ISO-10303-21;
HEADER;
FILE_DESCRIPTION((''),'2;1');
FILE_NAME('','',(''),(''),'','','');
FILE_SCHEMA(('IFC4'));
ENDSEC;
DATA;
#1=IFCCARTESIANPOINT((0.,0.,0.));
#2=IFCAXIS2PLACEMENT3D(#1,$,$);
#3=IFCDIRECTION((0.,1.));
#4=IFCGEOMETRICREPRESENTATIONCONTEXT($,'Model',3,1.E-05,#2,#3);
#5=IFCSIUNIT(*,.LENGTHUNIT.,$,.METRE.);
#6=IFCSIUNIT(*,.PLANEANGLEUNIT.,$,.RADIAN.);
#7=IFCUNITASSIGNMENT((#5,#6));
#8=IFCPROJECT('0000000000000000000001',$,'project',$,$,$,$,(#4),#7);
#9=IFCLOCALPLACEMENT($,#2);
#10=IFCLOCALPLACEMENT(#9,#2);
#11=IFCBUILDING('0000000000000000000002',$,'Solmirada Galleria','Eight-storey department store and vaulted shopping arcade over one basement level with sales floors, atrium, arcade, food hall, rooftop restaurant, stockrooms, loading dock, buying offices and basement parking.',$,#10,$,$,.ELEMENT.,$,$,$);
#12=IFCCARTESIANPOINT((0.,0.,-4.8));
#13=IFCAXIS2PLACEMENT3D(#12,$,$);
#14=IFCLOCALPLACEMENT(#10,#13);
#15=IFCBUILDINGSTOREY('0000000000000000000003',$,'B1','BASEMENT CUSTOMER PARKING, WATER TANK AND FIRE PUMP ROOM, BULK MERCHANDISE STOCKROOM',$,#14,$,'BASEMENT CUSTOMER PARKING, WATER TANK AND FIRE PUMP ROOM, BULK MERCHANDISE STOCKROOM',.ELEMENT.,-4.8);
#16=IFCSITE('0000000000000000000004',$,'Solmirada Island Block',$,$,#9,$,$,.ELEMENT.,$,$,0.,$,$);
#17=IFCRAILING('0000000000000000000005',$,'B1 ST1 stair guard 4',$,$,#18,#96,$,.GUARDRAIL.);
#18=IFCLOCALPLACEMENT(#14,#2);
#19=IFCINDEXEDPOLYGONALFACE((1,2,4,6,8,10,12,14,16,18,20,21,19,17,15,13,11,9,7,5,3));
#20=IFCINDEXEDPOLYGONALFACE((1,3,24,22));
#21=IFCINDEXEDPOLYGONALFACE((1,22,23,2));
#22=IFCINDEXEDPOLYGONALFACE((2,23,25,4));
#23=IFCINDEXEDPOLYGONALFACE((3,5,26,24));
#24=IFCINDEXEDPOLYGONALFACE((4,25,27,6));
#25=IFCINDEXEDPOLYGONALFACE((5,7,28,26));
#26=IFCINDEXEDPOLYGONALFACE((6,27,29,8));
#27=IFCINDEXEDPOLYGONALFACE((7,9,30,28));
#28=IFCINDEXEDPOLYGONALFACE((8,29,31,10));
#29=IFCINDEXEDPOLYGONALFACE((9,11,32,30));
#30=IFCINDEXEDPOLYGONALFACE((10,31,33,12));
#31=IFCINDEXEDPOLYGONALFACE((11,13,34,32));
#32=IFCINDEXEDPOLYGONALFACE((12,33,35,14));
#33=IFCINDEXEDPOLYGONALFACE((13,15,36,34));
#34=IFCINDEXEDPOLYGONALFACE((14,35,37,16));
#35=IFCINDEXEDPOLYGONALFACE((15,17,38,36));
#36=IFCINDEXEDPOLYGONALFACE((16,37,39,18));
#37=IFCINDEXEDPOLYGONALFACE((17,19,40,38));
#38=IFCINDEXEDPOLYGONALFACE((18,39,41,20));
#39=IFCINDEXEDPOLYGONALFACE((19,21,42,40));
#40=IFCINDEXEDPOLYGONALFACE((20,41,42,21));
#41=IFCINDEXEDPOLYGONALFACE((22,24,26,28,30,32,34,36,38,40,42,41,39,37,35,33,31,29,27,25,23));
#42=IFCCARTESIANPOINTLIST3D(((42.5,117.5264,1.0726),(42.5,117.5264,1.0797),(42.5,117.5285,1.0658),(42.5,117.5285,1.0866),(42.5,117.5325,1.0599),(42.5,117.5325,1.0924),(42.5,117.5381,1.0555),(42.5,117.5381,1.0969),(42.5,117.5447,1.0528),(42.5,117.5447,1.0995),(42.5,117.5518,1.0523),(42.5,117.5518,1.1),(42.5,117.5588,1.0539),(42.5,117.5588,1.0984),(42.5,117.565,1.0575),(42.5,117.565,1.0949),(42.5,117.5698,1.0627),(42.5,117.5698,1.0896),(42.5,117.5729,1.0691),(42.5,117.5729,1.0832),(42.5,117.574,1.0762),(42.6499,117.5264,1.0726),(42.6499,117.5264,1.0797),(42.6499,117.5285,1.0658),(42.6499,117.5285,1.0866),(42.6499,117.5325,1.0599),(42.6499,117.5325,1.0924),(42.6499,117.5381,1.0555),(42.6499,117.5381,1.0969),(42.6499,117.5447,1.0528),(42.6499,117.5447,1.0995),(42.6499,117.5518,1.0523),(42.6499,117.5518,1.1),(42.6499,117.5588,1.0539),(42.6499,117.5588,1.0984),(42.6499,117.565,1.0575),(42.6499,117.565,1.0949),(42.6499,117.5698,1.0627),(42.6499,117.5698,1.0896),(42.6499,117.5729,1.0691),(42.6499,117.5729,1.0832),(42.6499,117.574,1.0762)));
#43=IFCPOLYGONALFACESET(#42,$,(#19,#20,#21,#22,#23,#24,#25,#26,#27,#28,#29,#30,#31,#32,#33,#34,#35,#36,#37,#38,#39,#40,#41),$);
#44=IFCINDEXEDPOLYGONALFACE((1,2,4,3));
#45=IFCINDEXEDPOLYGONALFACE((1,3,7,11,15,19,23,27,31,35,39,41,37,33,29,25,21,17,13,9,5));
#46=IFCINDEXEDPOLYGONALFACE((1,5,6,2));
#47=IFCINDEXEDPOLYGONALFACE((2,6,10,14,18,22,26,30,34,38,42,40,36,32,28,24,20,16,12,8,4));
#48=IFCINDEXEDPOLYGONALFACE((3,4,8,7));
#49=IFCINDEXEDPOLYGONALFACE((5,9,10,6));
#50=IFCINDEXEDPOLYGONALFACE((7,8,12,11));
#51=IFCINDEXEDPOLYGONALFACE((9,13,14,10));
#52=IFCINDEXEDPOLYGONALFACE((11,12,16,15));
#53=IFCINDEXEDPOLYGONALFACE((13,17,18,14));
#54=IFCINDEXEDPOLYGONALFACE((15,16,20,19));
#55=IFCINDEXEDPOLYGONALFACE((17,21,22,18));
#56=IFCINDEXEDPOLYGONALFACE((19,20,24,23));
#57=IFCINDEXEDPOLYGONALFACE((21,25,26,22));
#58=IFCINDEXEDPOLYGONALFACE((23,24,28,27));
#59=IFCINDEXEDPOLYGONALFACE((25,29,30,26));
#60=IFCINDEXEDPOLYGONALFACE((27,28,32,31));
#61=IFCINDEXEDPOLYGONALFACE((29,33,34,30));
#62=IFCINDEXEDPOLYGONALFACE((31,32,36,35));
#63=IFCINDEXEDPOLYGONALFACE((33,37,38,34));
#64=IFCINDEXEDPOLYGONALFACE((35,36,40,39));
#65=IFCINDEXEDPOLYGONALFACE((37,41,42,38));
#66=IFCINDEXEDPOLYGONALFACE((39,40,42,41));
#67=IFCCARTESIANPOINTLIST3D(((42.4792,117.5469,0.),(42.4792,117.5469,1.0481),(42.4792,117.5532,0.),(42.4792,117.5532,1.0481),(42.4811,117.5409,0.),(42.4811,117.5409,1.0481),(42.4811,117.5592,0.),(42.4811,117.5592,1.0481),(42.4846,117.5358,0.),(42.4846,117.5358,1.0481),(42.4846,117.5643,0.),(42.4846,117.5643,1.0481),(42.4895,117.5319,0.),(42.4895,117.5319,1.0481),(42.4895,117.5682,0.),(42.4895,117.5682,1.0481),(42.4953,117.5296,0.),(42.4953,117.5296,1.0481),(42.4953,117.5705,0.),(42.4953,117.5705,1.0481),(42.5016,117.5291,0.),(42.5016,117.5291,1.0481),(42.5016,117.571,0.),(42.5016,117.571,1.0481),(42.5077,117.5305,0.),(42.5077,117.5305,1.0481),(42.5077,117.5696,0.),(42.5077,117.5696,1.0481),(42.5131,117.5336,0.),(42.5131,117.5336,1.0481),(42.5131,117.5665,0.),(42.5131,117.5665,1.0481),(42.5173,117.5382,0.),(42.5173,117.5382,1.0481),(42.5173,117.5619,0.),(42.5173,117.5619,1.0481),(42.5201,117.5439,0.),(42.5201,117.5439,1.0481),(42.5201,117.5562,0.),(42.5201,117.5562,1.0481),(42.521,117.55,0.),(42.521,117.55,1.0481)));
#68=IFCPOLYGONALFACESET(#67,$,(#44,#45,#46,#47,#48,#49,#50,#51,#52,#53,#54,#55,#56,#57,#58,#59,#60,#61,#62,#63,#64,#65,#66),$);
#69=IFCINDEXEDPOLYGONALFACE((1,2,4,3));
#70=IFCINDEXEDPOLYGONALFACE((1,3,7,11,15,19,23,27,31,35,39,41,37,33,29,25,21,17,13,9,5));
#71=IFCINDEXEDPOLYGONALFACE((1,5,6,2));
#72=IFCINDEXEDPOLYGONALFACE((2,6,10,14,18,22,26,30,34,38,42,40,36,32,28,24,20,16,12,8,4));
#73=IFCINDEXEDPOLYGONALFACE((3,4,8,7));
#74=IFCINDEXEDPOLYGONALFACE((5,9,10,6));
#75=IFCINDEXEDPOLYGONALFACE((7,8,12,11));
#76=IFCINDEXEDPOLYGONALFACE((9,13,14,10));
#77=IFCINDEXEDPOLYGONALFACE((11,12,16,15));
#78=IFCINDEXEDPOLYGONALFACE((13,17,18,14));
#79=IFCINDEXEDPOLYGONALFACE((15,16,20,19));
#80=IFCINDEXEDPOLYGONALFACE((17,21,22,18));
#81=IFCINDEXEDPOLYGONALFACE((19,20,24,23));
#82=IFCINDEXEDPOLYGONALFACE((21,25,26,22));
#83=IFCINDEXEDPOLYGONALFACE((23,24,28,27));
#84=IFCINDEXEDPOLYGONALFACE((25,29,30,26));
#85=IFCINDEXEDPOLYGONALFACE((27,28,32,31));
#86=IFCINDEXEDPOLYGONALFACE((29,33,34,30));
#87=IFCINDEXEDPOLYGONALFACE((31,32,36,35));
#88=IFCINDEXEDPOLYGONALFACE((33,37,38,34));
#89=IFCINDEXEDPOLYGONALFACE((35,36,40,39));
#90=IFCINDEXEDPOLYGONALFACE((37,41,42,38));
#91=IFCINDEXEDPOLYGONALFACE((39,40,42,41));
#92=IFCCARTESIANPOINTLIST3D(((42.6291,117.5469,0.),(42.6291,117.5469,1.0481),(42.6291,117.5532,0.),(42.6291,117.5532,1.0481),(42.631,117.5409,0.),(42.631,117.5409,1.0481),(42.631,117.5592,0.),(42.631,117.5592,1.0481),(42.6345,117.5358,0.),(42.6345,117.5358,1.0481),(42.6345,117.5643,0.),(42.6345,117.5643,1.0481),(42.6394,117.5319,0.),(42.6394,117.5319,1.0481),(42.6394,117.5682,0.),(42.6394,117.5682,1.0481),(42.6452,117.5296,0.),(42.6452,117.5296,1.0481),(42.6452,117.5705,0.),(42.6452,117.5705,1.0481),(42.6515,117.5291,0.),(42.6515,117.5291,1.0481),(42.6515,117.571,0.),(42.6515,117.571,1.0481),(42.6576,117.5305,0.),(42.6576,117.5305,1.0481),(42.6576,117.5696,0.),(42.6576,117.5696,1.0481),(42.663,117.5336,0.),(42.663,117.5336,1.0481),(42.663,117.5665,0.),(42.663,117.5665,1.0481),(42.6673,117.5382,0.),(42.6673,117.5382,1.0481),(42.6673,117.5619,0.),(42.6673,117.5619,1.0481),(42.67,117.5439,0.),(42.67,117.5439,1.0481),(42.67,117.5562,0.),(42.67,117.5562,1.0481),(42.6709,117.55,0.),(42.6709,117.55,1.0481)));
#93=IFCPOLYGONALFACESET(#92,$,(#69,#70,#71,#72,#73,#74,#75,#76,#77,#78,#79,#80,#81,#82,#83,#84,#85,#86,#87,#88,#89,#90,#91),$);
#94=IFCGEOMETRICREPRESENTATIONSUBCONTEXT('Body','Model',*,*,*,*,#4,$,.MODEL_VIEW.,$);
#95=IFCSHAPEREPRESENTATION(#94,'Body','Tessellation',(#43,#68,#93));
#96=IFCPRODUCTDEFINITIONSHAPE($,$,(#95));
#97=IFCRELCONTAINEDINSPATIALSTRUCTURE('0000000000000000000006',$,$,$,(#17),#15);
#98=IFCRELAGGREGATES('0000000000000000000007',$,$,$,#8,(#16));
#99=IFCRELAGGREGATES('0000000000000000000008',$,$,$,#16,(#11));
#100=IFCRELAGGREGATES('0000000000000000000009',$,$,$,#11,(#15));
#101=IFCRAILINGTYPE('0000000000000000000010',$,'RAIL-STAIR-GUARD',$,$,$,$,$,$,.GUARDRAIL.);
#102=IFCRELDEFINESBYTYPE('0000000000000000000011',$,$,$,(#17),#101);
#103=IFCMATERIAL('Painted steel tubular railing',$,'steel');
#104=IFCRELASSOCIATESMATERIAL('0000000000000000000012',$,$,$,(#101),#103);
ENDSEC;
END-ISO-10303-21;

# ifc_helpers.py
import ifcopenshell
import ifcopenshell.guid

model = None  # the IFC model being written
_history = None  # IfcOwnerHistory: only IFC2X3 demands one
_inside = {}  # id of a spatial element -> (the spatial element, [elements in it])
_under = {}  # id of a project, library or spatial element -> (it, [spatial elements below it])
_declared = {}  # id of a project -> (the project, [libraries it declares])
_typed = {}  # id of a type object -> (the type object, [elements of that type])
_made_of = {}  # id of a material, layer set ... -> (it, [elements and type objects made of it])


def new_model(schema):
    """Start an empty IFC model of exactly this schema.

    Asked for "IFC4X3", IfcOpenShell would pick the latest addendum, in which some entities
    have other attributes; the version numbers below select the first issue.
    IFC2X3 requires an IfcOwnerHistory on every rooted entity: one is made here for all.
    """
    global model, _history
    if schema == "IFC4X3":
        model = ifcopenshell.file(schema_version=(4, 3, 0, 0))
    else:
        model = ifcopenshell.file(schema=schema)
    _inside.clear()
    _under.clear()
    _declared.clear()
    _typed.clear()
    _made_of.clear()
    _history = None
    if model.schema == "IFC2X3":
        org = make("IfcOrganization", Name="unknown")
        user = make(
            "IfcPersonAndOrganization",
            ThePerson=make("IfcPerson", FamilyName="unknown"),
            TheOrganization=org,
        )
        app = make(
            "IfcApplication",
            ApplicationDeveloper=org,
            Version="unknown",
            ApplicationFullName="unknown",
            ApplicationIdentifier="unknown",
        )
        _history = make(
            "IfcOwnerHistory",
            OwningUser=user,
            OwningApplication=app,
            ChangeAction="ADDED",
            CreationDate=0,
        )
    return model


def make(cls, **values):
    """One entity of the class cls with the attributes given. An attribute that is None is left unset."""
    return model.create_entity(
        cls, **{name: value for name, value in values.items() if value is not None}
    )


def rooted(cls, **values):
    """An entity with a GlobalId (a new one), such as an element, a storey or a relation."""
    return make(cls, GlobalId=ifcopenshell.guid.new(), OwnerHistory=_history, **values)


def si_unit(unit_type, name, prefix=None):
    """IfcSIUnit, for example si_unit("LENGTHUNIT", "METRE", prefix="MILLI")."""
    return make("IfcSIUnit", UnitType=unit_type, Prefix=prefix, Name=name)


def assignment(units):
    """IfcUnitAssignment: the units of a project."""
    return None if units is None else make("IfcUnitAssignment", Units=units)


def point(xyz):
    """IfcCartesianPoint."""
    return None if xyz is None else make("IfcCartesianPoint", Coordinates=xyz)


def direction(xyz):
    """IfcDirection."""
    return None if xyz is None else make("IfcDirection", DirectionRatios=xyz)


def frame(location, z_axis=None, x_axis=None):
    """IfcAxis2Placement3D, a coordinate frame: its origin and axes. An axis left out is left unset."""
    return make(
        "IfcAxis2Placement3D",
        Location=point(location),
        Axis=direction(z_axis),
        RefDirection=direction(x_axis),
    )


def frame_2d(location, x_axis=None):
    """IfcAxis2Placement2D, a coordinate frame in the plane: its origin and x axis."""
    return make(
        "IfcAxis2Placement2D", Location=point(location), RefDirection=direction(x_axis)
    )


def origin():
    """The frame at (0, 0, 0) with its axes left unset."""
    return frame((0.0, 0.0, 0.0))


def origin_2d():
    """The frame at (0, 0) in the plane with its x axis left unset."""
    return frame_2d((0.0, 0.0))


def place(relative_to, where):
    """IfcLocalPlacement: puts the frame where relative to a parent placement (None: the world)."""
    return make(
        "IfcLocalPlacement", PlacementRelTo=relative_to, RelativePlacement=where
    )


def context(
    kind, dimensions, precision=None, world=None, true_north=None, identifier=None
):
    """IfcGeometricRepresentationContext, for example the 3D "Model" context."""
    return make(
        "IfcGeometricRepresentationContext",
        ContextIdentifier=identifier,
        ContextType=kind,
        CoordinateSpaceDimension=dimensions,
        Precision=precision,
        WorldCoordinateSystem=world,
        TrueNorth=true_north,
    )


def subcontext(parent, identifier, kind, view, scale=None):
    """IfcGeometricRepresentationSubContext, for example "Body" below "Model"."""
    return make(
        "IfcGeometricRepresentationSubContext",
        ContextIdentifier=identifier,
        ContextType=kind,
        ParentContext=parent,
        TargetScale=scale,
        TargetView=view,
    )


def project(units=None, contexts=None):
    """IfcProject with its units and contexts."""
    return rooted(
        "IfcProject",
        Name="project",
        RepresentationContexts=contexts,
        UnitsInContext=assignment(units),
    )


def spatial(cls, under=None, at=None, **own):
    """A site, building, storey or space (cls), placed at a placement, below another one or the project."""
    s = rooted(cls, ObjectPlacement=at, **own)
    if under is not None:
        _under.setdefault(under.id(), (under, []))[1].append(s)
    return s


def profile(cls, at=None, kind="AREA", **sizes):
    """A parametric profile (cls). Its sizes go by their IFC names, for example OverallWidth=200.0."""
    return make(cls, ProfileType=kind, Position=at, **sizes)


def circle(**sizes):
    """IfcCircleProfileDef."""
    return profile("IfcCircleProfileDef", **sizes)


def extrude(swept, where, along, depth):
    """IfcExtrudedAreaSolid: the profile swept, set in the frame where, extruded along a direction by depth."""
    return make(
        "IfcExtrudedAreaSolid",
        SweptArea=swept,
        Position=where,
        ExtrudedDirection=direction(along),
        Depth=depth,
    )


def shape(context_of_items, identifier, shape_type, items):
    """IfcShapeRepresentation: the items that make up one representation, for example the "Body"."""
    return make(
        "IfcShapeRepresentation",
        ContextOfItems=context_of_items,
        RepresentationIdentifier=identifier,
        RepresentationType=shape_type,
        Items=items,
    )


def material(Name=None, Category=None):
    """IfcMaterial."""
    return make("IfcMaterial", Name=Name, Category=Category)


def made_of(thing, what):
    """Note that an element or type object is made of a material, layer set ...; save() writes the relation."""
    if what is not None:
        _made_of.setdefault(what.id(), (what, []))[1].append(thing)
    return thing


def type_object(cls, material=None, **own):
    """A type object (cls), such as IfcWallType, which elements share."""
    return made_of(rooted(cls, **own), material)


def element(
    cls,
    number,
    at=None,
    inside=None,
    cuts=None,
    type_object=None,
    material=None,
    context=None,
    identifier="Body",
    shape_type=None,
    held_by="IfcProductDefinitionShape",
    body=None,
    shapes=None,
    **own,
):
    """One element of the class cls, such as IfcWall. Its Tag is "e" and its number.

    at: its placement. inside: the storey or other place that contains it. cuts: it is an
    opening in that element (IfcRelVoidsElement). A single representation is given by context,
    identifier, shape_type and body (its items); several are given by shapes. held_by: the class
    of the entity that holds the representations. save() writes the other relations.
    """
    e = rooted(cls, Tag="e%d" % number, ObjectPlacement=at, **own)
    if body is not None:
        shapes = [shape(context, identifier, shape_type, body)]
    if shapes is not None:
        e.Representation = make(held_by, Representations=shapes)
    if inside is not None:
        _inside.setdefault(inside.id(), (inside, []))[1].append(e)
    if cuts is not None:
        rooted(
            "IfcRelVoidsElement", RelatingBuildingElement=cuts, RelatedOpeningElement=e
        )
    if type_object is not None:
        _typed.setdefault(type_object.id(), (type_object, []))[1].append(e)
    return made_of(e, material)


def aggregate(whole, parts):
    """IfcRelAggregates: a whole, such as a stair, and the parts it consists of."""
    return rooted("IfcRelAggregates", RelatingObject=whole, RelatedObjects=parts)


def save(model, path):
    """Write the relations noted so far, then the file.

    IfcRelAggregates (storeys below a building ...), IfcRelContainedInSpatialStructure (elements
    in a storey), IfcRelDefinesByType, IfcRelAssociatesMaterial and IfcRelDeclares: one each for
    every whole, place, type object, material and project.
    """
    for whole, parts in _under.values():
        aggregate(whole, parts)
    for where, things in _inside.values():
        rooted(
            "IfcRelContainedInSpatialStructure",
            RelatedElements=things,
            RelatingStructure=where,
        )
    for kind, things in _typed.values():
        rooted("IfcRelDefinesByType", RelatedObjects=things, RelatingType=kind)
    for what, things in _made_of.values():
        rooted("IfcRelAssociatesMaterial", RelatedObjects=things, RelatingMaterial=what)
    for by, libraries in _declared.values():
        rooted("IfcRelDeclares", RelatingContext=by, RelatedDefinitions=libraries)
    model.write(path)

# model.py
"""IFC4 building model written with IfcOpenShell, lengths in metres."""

from ifc_helpers import new_model, si_unit, direction, frame, origin, origin_2d, place, context, subcontext, project, spatial, circle, extrude, material, type_object, element, save


model = new_model("IFC4")

# Units and contexts
model_context = context("Model", 3, precision=1e-05, world=origin(), true_north=direction((0.0, 1.0)))
body_context = subcontext(model_context, "Body", "Model", "MODEL_VIEW")
ifc_project = project(units=[si_unit("LENGTHUNIT", "METRE"), si_unit("PLANEANGLEUNIT", "RADIAN")], contexts=[model_context])

# Site, building, storey
site_placement = place(None, origin())
site = spatial("IfcSite", under=ifc_project, at=site_placement, Name="Solmirada Island Block", CompositionType="ELEMENT", RefElevation=0.0)
building_placement = place(site_placement, origin())
building = spatial("IfcBuilding", under=site, at=building_placement, Name="Solmirada Galleria", Description="Eight-storey department store and vaulted shopping arcade over one basement level with sales floors, atrium, arcade, food hall, rooftop restaurant, stockrooms, loading dock, buying offices and basement parking.", CompositionType="ELEMENT")
storey_placement = place(building_placement, frame((0.0, 0.0, -4.8)))
storey = spatial("IfcBuildingStorey", under=building, at=storey_placement, Name="B1", Description="BASEMENT CUSTOMER PARKING, WATER TANK AND FIRE PUMP ROOM, BULK MERCHANDISE STOCKROOM", LongName="BASEMENT CUSTOMER PARKING, WATER TANK AND FIRE PUMP ROOM, BULK MERCHANDISE STOCKROOM", CompositionType="ELEMENT", Elevation=-4.8)

# Railing
ifc_material_1 = material(Name="Painted steel tubular railing", Category="steel")
railing_type_1 = type_object("IfcRailingType", Name="RAIL-STAIR-GUARD", PredefinedType="GUARDRAIL", material=ifc_material_1)
railing_1_placement = place(storey_placement, frame((42.5, 117.55, 0.0)))
element("IfcRailing", 1, at=railing_1_placement, inside=storey, type_object=railing_type_1, Name="B1 ST1 stair guard 4", PredefinedType="GUARDRAIL", context=body_context, shape_type="SweptSolid", body=[
    extrude(circle(Radius=0.0239, at=origin_2d()), frame((0.0, 0.0, 1.0762), z_axis=(1.0, 0.0, 0.0), x_axis=(0.0, 1.0, 0.0)), (0.0, 0.0, 1.0), 0.1499),
    extrude(circle(Radius=0.021, at=origin_2d()), origin(), (0.0, 0.0, 1.0), 1.0481),
    extrude(circle(Radius=0.021, at=origin_2d()), frame((0.1499, 0.0, 0.0)), (0.0, 0.0, 1.0), 1.0481),
])

save(model, "model.ifc")
